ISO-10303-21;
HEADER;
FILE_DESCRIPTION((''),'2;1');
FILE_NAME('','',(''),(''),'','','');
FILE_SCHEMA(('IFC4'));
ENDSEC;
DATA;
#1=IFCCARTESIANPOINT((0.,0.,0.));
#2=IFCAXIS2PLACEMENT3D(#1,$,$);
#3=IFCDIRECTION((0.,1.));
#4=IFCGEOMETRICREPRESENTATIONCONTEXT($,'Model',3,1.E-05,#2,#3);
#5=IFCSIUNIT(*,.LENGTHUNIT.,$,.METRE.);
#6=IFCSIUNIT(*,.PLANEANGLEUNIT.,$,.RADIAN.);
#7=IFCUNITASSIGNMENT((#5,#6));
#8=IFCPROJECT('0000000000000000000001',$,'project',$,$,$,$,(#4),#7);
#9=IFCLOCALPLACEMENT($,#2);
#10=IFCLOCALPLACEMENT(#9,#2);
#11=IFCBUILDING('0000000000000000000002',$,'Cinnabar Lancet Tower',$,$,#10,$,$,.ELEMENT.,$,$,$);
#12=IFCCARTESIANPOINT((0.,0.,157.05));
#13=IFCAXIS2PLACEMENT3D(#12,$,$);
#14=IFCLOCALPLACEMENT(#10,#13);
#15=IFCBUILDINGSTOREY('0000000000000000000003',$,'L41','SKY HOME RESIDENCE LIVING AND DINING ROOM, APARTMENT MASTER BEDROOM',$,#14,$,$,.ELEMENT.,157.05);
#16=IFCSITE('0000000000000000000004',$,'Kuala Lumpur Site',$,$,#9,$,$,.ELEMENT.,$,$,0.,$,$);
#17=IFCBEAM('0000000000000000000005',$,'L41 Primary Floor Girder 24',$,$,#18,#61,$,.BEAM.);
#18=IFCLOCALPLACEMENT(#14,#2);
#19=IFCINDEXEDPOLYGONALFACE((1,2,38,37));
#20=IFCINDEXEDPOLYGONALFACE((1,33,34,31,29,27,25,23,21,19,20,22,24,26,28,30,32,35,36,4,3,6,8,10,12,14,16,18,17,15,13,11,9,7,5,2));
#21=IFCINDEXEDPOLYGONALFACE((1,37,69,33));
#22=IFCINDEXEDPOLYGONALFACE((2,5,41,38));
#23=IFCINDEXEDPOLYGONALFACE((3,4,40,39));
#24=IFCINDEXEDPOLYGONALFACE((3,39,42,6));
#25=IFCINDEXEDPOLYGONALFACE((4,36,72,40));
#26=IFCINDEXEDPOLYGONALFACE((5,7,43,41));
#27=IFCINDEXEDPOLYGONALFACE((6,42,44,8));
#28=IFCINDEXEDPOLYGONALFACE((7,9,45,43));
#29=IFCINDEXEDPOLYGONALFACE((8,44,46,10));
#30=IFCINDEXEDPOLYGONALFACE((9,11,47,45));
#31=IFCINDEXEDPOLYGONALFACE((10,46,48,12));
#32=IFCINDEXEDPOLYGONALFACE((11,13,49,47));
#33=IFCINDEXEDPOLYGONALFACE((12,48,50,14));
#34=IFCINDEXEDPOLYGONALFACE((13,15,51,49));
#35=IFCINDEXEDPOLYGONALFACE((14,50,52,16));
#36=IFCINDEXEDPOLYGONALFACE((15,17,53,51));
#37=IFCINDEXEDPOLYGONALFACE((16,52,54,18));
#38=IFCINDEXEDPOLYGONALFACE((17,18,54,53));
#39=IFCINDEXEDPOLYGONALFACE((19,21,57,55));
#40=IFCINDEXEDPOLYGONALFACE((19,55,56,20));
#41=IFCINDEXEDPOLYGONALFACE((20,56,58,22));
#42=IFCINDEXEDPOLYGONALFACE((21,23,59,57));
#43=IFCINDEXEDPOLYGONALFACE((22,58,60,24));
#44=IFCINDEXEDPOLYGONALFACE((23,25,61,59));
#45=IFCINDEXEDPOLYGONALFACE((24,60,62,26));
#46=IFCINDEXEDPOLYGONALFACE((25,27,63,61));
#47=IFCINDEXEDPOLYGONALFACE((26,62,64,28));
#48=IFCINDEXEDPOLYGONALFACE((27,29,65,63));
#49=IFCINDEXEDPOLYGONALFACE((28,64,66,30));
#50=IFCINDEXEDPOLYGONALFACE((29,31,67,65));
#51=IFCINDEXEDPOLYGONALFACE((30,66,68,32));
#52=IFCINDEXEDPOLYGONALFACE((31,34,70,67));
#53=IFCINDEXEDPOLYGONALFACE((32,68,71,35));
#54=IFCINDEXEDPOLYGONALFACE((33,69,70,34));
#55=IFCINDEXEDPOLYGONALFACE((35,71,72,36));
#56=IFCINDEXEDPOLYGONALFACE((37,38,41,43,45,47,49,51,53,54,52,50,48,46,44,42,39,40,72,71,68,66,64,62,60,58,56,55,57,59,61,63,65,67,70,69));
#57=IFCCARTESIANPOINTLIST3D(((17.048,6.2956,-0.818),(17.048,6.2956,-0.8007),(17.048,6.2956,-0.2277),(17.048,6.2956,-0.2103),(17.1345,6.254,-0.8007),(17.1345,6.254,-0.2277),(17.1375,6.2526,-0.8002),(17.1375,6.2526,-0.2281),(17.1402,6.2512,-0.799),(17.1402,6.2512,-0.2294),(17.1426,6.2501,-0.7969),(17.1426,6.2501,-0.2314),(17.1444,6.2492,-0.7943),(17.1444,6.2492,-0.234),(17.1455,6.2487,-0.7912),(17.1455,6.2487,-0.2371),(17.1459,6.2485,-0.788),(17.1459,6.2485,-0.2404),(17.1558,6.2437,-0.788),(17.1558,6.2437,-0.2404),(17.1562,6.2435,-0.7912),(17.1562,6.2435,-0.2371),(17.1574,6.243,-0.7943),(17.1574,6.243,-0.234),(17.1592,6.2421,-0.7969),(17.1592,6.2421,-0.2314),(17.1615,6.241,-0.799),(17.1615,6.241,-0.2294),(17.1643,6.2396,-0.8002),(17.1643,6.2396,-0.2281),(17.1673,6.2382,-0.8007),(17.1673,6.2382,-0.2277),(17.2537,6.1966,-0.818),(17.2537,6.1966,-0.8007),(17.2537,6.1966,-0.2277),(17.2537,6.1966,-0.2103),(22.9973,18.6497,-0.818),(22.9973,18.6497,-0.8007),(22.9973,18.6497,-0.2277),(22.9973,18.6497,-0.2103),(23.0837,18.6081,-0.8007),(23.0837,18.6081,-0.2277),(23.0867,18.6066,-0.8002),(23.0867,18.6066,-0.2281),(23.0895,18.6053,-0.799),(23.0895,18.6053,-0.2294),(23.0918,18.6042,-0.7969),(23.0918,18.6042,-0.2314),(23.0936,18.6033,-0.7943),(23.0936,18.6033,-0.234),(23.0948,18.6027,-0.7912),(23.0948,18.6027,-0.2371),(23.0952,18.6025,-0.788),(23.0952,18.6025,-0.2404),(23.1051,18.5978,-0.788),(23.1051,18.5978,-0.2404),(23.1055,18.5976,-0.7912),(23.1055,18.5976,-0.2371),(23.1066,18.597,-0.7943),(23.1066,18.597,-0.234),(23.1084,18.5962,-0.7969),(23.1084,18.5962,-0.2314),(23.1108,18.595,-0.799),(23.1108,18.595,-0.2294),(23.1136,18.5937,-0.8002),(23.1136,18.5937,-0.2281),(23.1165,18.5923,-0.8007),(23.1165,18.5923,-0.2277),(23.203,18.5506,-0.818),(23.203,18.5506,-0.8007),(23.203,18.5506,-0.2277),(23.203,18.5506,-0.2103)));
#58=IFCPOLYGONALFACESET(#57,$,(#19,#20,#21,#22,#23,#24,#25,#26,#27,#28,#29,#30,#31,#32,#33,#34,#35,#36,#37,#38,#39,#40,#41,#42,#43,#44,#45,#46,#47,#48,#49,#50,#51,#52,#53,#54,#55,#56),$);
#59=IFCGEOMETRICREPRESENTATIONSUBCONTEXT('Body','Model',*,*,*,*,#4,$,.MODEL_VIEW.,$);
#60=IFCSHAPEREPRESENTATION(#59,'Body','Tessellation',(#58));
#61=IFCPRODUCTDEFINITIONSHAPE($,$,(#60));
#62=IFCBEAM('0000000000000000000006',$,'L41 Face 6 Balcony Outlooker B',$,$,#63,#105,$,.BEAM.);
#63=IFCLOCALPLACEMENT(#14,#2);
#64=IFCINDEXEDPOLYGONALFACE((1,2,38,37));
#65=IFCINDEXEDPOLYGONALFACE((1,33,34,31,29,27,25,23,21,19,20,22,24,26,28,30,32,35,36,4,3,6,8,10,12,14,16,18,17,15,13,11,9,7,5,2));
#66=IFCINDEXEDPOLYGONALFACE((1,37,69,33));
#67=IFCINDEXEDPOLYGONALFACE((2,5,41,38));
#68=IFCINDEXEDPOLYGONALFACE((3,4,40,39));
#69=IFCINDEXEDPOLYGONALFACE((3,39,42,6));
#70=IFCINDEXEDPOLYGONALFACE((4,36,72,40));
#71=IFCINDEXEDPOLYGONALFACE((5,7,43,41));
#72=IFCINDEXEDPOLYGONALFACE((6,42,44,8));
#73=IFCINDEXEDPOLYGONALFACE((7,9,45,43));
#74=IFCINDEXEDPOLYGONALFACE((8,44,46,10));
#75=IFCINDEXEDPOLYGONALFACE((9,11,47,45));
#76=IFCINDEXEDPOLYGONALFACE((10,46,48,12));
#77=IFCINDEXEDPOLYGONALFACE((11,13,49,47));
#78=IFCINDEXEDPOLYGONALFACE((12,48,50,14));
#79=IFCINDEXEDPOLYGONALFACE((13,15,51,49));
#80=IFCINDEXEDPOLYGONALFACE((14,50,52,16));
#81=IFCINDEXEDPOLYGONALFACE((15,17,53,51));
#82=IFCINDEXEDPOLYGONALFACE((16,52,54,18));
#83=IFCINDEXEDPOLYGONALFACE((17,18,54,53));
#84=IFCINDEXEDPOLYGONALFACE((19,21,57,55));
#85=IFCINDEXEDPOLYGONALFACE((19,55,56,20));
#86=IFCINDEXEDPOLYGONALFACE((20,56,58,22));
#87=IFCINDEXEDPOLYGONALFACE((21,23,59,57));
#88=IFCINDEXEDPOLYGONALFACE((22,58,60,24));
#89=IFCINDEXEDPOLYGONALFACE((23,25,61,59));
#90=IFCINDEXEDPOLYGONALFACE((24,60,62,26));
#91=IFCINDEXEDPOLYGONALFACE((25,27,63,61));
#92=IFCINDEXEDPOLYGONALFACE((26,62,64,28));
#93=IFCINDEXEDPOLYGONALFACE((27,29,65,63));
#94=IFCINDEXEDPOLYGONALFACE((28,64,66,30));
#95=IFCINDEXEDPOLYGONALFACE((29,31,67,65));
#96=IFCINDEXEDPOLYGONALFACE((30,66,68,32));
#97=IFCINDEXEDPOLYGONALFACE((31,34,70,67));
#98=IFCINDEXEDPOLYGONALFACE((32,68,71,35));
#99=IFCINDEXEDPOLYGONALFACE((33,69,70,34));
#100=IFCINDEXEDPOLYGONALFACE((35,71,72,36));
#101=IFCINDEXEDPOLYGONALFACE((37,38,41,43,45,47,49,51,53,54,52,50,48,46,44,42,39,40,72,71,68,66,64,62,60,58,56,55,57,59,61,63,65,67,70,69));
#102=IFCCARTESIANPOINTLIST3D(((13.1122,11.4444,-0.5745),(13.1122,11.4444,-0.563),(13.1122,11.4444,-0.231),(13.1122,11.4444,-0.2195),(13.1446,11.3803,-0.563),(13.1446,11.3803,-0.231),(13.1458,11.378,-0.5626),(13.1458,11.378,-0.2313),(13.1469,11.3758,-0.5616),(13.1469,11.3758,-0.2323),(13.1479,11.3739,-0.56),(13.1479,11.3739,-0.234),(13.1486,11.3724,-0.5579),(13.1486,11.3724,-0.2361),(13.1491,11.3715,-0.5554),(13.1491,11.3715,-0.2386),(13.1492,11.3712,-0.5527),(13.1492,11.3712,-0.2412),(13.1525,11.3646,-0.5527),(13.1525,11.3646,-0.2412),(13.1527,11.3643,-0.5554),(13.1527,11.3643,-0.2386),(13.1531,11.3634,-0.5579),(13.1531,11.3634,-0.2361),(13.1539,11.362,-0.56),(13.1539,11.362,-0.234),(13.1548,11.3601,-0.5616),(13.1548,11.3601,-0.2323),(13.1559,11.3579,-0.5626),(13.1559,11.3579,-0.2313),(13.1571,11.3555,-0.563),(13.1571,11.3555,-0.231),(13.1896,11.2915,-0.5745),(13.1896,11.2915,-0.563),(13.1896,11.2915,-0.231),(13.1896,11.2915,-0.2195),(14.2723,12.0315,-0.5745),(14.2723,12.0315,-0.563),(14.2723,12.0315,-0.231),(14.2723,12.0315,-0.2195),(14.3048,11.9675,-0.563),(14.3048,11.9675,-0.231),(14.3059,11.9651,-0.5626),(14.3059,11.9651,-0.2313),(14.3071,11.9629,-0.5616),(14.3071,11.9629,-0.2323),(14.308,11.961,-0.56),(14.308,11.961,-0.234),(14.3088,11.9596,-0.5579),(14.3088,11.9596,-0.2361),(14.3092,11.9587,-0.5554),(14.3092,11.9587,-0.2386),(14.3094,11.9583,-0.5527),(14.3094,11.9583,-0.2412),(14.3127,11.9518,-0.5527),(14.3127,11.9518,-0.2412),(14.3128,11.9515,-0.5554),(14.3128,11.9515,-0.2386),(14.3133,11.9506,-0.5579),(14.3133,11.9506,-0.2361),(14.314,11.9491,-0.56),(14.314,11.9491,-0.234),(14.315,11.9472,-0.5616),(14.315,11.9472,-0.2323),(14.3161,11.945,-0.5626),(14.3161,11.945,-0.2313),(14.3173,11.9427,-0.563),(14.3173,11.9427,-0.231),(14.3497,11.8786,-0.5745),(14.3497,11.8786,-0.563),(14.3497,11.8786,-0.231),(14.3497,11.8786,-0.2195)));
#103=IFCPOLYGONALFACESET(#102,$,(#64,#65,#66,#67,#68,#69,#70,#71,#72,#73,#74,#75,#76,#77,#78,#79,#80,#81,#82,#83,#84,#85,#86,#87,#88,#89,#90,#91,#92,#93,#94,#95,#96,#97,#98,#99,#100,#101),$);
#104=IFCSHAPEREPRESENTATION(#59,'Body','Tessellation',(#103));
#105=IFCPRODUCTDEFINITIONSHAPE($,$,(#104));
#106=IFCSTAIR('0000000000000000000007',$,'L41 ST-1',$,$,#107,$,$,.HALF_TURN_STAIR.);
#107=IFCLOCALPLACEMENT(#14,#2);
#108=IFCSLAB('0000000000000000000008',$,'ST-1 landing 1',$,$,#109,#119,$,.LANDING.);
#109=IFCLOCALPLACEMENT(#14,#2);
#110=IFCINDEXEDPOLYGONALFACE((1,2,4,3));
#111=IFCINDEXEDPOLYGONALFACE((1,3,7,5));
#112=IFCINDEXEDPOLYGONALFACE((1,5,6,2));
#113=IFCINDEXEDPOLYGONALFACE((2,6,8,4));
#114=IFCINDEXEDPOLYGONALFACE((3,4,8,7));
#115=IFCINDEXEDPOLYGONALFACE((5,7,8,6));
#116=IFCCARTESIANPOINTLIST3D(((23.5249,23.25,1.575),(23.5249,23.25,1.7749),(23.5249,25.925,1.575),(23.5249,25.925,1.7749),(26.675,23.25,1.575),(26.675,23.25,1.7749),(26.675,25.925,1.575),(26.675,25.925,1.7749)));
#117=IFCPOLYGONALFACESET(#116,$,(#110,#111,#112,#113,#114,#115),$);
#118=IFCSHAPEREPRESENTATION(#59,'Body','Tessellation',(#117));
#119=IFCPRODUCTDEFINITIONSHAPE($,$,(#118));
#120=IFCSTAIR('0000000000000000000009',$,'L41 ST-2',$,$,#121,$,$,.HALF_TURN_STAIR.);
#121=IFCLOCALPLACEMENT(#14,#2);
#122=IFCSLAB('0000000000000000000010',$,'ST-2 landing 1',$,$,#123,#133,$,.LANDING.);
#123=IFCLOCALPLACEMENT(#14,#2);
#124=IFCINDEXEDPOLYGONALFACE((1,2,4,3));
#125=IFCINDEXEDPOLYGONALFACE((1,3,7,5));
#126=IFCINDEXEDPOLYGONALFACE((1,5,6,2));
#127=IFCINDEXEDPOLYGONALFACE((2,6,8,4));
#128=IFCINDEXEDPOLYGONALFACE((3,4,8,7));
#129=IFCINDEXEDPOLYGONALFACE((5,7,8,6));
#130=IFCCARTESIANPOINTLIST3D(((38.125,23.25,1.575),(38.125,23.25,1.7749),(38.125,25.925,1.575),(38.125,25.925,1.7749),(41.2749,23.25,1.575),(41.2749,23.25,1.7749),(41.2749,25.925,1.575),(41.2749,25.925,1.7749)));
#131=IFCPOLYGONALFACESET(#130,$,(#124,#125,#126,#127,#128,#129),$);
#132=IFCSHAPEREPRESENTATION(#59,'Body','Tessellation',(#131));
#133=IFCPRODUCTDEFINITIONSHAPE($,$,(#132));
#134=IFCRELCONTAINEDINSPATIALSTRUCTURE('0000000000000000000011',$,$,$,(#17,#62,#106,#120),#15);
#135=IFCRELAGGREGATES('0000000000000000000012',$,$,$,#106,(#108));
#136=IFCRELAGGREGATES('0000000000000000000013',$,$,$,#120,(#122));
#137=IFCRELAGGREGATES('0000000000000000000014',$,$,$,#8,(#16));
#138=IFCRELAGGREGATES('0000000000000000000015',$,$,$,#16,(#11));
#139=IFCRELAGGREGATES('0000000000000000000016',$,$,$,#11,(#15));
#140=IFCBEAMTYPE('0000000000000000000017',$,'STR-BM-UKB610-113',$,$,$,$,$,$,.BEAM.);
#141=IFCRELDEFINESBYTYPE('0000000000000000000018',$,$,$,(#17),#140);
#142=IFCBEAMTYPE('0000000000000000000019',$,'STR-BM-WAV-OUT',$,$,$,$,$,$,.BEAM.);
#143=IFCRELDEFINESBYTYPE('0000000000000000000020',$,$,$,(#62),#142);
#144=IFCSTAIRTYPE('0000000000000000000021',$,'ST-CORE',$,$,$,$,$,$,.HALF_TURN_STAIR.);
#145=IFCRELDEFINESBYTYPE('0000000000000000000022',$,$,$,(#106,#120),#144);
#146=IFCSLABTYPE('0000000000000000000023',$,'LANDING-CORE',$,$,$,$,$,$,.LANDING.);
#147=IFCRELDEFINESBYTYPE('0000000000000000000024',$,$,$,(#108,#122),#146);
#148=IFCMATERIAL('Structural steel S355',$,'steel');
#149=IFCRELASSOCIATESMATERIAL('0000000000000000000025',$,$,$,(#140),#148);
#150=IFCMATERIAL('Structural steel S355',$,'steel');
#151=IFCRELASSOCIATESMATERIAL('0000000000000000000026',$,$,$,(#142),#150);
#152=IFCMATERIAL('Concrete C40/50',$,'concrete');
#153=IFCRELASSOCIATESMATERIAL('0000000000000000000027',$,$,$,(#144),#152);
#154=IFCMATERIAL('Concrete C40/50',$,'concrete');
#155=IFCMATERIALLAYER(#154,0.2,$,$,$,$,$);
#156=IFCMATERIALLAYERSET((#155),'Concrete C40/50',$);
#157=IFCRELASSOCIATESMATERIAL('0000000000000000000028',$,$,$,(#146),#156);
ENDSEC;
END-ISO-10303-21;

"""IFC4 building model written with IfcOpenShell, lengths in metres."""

from ifc_helpers import new_model, si_unit, direction, frame, origin, origin_2d, place, context, subcontext, project, spatial, polyline, i_section, outline, extrude, material, layer, layer_set, material_profile, profile_set, type_object, element, aggregate, save


model = new_model("IFC4")

# Units and contexts
model_context = context("Model", 3, precision=1e-05, world=origin(), true_north=direction((0.0, 1.0)))
body_context = subcontext(model_context, "Body", "Model", "MODEL_VIEW")
ifc_project = project(units=[si_unit("LENGTHUNIT", "METRE"), si_unit("PLANEANGLEUNIT", "RADIAN")], contexts=[model_context])

# Site, building, storey
site_placement = place(None, origin())
site = spatial("IfcSite", under=ifc_project, at=site_placement, Name="Kuala Lumpur Site", CompositionType="ELEMENT", RefElevation=0.0)
building_placement = place(site_placement, origin())
building = spatial("IfcBuilding", under=site, at=building_placement, Name="Cinnabar Lancet Tower", CompositionType="ELEMENT")
storey_placement = place(building_placement, frame((0.0, 0.0, 157.05)))
storey = spatial("IfcBuildingStorey", under=building, at=storey_placement, Name="L41", Description="SKY HOME RESIDENCE LIVING AND DINING ROOM, APARTMENT MASTER BEDROOM", CompositionType="ELEMENT", Elevation=157.05)

# Beams
ifc_material_1 = material(Name="Structural steel S355", Category="steel")
ifc_material_profile_1 = material_profile(ifc_material_1, i_section(OverallWidth=0.2283, OverallDepth=0.6077, WebThickness=0.011, FlangeThickness=0.0173, FilletRadius=0.0127, at=origin_2d()), Name="UKB 610x229x113")
ifc_profile_set_1 = profile_set([ifc_material_profile_1], Name="Structural steel S355")
beam_type_1 = type_object("IfcBeamType", Name="STR-BM-UKB610-113", PredefinedType="BEAM", material=ifc_profile_set_1)
beam_1_placement = place(storey_placement, frame((17.1509, 6.2461, -0.5142), z_axis=(0.433875, 0.900973, 0.0), x_axis=(-0.900973, 0.433875, 0.0)))
element("IfcBeam", 1, at=beam_1_placement, inside=storey, type_object=beam_type_1, Name="L41 Primary Floor Girder 24", PredefinedType="BEAM", context=body_context, shape_type="SweptSolid", body=[
    extrude(i_section(OverallWidth=0.2283, OverallDepth=0.6077, WebThickness=0.011, FlangeThickness=0.0173, FilletRadius=0.0127, at=origin_2d()), origin(), (0.0, 0.0, 1.0), 13.7119),
])
ifc_material_2 = material(Name="Structural steel S355", Category="steel")
ifc_material_profile_2 = material_profile(ifc_material_2, i_section(OverallWidth=0.1714, OverallDepth=0.355, WebThickness=0.0073, FlangeThickness=0.0115, FilletRadius=0.0103, at=origin_2d()), Name="UKB 356x171x51")
ifc_profile_set_2 = profile_set([ifc_material_profile_2], Name="Structural steel S355")
beam_type_2 = type_object("IfcBeamType", Name="STR-BM-WAV-OUT", PredefinedType="BEAM", material=ifc_profile_set_2)
beam_2_placement = place(storey_placement, frame((14.311, 11.9551, -0.397), z_axis=(-0.892239, -0.451564, 0.0), x_axis=(0.451564, -0.892239, 0.0)))
element("IfcBeam", 2, at=beam_2_placement, inside=storey, type_object=beam_type_2, Name="L41 Face 6 Balcony Outlooker B", PredefinedType="BEAM", context=body_context, shape_type="SweptSolid", body=[
    extrude(i_section(OverallWidth=0.1714, OverallDepth=0.355, WebThickness=0.0073, FlangeThickness=0.0115, FilletRadius=0.0103, at=origin_2d()), origin(), (0.0, 0.0, 1.0), 1.3003),
])

# Stairs, slabs
ifc_material_3 = material(Name="Concrete C40/50", Category="concrete")
stair_type = type_object("IfcStairType", Name="ST-CORE", PredefinedType="HALF_TURN_STAIR", material=ifc_material_3)
stair_1_placement = place(storey_placement, origin())
stair_1 = element("IfcStair", 3, at=stair_1_placement, inside=storey, type_object=stair_type, Name="L41 ST-1", PredefinedType="HALF_TURN_STAIR")
ifc_material_4 = material(Name="Concrete C40/50", Category="concrete")
ifc_layer_1 = layer(ifc_material_4, 0.2)
ifc_layer_set_1 = layer_set([ifc_layer_1], Name="Concrete C40/50")
slab_type_1 = type_object("IfcSlabType", Name="LANDING-CORE", PredefinedType="LANDING", material=ifc_layer_set_1)
slab_1_placement = place(storey_placement, frame((0.0, 0.0, 1.575)))
slab_1 = element("IfcSlab", 4, at=slab_1_placement, type_object=slab_type_1, Name="ST-1 landing 1", PredefinedType="LANDING", context=body_context, shape_type="SweptSolid", body=[
    extrude(outline(polyline([(23.5249, 25.925), (23.5249, 23.25), (26.675, 23.25), (26.675, 25.925), (23.5249, 25.925)])), origin(), (0.0, 0.0, 1.0), 0.2),
])
aggregate(stair_1, [slab_1])
stair_2_placement = place(storey_placement, origin())
stair_2 = element("IfcStair", 5, at=stair_2_placement, inside=storey, type_object=stair_type, Name="L41 ST-2", PredefinedType="HALF_TURN_STAIR")
slab_2_placement = place(storey_placement, frame((0.0, 0.0, 1.575)))
slab_2 = element("IfcSlab", 6, at=slab_2_placement, type_object=slab_type_1, Name="ST-2 landing 1", PredefinedType="LANDING", context=body_context, shape_type="SweptSolid", body=[
    extrude(outline(polyline([(38.125, 25.925), (38.125, 23.25), (41.2749, 23.25), (41.2749, 25.925), (38.125, 25.925)])), origin(), (0.0, 0.0, 1.0), 0.2),
])
aggregate(stair_2, [slab_2])

save(model, "model.ifc")
